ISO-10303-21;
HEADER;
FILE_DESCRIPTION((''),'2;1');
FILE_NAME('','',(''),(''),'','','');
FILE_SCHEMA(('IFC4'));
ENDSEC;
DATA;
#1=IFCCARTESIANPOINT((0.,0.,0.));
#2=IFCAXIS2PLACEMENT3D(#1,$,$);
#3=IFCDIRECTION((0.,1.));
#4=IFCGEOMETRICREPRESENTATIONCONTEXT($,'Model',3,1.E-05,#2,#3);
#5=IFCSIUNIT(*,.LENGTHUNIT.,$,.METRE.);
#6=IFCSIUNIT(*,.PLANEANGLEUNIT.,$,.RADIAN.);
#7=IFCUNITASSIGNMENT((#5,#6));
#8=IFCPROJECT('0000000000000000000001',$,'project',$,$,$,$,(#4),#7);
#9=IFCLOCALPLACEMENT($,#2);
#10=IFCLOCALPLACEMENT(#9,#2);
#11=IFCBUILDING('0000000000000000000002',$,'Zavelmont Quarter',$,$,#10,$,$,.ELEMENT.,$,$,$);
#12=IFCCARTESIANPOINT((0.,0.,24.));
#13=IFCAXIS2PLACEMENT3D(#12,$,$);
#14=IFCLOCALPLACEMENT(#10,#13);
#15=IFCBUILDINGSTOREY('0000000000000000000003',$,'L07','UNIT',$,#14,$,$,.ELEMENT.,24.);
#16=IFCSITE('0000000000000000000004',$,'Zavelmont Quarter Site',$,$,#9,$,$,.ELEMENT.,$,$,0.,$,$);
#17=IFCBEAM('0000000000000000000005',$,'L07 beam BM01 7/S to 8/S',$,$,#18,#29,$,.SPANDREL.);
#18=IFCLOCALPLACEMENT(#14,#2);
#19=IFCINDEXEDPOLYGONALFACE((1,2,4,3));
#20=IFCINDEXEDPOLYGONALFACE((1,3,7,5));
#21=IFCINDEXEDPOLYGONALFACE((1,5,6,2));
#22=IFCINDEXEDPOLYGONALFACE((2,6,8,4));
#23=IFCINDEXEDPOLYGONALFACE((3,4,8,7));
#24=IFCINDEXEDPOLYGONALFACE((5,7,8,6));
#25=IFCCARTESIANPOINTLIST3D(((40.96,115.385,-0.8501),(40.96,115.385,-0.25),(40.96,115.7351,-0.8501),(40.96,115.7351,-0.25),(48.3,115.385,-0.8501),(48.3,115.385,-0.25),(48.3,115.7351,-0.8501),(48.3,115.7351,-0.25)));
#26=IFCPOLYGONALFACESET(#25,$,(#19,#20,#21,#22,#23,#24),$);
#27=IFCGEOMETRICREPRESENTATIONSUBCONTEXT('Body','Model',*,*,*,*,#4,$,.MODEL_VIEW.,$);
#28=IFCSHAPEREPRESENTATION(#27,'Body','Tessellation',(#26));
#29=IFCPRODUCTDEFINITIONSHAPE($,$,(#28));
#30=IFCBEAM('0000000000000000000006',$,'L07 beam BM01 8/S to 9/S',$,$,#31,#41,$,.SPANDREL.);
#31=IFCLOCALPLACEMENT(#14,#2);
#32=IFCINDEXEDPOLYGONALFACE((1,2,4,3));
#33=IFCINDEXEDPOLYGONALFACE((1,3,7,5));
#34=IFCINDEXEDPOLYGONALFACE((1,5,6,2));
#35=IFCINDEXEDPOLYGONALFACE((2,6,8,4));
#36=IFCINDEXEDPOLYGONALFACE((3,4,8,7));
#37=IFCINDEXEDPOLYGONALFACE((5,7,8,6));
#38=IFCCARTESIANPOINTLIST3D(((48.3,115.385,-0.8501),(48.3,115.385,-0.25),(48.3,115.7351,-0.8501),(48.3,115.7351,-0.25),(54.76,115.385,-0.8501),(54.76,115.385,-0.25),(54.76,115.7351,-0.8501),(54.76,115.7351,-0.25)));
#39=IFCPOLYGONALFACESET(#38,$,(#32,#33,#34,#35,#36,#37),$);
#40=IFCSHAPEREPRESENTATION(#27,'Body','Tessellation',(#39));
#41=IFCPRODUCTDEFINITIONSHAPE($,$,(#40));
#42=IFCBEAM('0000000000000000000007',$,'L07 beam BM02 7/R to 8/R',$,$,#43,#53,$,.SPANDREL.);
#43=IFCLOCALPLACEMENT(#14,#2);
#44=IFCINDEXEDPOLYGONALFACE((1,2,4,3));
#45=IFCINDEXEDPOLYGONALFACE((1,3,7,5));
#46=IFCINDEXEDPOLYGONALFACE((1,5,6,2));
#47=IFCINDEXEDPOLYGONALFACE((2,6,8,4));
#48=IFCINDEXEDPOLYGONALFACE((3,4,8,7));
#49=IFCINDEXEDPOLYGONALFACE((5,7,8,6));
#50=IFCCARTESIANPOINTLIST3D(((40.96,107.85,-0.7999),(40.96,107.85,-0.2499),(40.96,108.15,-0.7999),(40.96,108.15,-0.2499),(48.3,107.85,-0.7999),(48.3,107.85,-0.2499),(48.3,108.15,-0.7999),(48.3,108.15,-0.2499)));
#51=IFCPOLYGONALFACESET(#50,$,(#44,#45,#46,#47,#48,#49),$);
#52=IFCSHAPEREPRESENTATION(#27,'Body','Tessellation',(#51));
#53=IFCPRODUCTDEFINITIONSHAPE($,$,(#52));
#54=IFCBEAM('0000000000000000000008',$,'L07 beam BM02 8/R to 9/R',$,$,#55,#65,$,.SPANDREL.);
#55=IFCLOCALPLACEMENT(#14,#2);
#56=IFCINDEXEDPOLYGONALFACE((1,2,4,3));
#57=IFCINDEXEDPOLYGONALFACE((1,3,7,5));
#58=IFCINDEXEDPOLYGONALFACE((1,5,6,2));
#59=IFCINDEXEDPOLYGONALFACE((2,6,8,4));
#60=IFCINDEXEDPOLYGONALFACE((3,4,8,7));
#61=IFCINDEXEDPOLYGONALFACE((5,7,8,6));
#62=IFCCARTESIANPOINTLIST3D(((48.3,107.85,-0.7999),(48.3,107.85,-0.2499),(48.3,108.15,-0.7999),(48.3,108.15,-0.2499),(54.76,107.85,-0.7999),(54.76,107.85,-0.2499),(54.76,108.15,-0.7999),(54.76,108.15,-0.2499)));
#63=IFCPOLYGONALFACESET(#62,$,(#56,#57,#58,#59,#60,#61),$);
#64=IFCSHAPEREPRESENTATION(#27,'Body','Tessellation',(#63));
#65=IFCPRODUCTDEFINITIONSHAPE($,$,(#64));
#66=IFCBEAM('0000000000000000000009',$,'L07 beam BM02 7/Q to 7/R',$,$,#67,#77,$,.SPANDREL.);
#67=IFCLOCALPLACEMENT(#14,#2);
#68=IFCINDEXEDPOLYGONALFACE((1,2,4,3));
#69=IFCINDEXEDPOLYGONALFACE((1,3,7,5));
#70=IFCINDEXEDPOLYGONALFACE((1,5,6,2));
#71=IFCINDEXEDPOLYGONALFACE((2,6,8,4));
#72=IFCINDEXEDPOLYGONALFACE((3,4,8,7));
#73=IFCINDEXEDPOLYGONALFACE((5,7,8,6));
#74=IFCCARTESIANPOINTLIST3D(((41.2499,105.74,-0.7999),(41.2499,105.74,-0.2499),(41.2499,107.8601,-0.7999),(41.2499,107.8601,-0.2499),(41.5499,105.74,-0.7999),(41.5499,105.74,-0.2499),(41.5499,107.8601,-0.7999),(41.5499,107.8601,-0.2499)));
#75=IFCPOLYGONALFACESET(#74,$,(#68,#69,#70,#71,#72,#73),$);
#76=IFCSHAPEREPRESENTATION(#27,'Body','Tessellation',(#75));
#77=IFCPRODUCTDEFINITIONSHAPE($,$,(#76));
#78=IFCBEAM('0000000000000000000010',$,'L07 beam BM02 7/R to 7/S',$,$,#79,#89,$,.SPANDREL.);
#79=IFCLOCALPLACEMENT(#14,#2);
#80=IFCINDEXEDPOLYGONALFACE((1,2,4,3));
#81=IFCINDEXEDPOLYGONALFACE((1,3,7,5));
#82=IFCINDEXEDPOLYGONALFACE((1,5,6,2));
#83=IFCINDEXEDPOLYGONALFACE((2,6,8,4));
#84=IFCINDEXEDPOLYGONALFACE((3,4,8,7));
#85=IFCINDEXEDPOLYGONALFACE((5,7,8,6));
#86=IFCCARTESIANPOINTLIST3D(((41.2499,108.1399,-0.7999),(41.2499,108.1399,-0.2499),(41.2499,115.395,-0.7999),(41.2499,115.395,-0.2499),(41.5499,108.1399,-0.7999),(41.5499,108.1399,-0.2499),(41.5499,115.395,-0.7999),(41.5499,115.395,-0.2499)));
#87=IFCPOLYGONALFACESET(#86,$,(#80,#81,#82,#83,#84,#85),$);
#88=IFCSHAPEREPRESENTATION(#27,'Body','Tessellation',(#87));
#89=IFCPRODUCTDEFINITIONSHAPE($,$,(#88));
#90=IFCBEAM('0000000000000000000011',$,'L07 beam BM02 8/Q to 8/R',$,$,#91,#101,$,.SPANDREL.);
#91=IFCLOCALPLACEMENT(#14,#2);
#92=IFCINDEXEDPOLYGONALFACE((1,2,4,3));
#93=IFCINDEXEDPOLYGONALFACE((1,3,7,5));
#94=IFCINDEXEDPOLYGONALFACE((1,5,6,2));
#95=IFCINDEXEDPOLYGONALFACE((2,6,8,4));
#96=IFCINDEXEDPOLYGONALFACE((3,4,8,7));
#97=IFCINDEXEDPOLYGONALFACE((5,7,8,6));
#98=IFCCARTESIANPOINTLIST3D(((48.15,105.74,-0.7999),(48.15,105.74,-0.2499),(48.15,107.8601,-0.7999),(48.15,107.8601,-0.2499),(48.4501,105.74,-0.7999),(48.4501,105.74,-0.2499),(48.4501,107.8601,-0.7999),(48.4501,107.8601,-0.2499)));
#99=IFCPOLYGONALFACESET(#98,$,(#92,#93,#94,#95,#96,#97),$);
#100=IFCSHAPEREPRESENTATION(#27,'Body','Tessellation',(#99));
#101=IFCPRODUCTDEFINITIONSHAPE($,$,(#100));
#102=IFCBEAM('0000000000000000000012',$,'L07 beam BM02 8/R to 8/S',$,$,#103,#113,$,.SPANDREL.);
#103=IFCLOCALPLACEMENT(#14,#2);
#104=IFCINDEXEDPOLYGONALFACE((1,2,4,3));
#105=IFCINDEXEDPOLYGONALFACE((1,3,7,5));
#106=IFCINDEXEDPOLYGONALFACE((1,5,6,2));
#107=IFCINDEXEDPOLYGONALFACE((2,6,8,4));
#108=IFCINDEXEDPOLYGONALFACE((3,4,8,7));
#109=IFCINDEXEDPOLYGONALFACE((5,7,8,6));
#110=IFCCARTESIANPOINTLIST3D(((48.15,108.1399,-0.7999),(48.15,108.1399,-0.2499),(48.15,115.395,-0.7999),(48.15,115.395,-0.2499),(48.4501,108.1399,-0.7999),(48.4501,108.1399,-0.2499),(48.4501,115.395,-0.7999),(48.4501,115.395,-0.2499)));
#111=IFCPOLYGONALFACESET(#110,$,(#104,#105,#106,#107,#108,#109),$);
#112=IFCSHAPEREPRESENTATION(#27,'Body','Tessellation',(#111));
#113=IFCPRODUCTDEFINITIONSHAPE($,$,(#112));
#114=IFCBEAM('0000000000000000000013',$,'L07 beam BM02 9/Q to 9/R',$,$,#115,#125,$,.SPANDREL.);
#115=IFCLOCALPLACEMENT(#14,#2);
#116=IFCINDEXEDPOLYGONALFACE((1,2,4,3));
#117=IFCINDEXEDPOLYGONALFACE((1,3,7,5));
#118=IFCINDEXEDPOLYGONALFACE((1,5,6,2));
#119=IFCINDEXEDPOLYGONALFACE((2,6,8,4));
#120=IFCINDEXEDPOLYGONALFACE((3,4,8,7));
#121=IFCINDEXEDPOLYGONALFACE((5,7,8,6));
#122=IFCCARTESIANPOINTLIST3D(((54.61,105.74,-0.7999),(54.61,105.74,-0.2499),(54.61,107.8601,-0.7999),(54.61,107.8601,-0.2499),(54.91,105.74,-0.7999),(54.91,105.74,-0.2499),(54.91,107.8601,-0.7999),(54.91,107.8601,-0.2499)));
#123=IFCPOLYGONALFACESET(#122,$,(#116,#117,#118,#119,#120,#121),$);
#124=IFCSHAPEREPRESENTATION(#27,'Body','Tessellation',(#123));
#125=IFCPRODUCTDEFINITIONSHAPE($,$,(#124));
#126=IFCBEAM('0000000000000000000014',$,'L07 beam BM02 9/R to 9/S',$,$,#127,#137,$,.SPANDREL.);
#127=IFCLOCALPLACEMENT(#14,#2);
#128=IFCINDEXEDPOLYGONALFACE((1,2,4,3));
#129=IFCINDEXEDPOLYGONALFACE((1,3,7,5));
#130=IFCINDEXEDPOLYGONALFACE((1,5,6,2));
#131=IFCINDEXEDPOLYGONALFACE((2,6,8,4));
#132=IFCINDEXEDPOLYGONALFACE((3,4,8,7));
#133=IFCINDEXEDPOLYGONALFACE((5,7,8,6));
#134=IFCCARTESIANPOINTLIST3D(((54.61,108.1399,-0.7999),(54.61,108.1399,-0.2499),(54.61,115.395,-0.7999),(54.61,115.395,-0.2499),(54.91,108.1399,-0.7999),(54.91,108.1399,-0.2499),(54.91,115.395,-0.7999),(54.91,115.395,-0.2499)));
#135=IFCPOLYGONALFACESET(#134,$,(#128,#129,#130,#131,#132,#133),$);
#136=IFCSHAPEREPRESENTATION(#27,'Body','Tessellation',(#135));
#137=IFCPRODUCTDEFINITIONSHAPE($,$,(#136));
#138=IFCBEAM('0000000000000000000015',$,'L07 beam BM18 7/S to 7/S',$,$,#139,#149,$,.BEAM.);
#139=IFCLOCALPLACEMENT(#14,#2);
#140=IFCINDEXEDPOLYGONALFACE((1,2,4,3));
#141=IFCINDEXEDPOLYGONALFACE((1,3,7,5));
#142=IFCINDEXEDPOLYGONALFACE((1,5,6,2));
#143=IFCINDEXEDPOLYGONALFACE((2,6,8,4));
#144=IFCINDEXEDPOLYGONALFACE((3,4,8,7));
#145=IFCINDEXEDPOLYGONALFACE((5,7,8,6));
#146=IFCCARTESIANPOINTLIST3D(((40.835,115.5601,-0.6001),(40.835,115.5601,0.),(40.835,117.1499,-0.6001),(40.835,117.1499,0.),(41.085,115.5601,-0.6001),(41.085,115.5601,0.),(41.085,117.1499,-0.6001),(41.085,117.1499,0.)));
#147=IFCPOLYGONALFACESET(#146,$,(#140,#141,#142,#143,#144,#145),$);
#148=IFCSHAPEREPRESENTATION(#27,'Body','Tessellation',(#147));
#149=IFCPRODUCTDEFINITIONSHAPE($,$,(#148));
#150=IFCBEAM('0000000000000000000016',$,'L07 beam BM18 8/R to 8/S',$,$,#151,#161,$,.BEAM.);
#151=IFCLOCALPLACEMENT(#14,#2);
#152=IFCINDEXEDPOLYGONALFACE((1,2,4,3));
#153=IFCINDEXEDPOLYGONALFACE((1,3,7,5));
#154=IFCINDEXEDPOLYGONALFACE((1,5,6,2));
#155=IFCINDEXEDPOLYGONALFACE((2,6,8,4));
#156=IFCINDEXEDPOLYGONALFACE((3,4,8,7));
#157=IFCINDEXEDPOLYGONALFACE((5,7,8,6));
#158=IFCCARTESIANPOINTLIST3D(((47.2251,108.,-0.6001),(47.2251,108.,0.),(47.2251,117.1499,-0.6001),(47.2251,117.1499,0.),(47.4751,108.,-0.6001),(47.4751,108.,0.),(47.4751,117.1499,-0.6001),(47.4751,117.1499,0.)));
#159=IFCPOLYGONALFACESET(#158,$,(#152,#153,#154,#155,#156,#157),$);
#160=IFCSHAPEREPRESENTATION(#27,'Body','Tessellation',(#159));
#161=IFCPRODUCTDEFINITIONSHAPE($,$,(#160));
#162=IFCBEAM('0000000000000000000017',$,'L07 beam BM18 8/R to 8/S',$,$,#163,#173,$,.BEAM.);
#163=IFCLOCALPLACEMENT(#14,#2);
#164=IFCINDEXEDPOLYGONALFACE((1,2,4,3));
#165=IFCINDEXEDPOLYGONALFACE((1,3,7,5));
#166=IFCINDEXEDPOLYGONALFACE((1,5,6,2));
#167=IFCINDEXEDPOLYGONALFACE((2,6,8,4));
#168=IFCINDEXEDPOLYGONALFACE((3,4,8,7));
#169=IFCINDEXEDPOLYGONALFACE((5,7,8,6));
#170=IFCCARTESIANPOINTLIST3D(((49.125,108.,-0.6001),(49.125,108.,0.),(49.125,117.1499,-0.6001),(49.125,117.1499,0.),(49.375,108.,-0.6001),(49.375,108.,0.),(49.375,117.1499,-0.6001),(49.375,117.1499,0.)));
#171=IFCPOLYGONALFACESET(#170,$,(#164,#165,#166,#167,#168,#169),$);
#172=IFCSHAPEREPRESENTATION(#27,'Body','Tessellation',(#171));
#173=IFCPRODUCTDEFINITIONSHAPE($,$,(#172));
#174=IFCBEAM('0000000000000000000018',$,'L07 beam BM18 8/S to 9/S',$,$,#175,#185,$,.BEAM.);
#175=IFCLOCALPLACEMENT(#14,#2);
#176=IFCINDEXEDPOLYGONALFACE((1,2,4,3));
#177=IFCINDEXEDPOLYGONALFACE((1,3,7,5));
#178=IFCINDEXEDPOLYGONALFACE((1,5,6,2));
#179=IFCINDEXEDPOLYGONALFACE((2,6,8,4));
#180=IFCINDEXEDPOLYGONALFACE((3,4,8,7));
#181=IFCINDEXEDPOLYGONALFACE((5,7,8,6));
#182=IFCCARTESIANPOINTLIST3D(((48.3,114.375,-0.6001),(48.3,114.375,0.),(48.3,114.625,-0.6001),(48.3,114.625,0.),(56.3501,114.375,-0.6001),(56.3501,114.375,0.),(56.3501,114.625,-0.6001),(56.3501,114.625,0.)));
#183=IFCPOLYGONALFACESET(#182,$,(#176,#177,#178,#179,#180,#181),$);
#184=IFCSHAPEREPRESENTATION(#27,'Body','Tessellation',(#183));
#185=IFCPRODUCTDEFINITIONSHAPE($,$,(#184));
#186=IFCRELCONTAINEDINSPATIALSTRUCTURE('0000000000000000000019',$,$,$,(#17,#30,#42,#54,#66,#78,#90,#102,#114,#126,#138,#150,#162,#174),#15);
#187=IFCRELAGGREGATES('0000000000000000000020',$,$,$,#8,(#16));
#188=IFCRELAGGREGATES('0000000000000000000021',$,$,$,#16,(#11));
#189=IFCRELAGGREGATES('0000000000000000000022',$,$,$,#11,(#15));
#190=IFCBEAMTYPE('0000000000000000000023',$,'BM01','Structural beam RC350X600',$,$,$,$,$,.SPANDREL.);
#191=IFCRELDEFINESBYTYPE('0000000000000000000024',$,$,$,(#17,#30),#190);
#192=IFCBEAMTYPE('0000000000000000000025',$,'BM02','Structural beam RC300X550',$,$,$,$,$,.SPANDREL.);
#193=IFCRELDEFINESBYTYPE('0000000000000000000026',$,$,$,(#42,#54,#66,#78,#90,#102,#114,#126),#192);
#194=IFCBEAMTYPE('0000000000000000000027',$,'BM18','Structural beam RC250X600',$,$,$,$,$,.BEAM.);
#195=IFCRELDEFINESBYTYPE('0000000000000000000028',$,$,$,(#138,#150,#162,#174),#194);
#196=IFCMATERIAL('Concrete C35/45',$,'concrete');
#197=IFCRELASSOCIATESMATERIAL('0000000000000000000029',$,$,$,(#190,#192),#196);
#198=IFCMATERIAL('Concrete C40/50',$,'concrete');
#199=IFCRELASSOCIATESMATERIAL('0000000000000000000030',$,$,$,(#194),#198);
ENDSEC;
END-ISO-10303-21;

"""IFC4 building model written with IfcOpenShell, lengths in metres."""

from ifc_helpers import new_model, si_unit, direction, frame, origin, origin_2d, place, context, subcontext, project, spatial, rectangle, extrude, material, material_profile, profile_set, type_object, element, save


model = new_model("IFC4")

# Units and contexts
model_context = context("Model", 3, precision=1e-05, world=origin(), true_north=direction((0.0, 1.0)))
body_context = subcontext(model_context, "Body", "Model", "MODEL_VIEW")
ifc_project = project(units=[si_unit("LENGTHUNIT", "METRE"), si_unit("PLANEANGLEUNIT", "RADIAN")], contexts=[model_context])

# Site, building, storey
site_placement = place(None, origin())
site = spatial("IfcSite", under=ifc_project, at=site_placement, Name="Zavelmont Quarter Site", CompositionType="ELEMENT", RefElevation=0.0)
building_placement = place(site_placement, origin())
building = spatial("IfcBuilding", under=site, at=building_placement, Name="Zavelmont Quarter", CompositionType="ELEMENT")
storey_placement = place(building_placement, frame((0.0, 0.0, 24.0)))
storey = spatial("IfcBuildingStorey", under=building, at=storey_placement, Name="L07", Description="UNIT", CompositionType="ELEMENT", Elevation=24.0)

# Beams
ifc_material_1 = material(Name="Concrete C35/45", Category="concrete")
ifc_material_profile_1 = material_profile(ifc_material_1, rectangle(XDim=0.3501, YDim=0.6001, at=origin_2d()), Name="RC350X600")
ifc_profile_set_1 = profile_set([ifc_material_profile_1], Name="Concrete C35/45")
beam_type_1 = type_object("IfcBeamType", Name="BM01", Description="Structural beam RC350X600", PredefinedType="SPANDREL", material=ifc_profile_set_1)
beam_1_placement = place(storey_placement, frame((40.96, 115.5601, -0.55), z_axis=(1.0, 0.0, 0.0), x_axis=(0.0, 1.0, 0.0)))
element("IfcBeam", 1, at=beam_1_placement, inside=storey, type_object=beam_type_1, Name="L07 beam BM01 7/S to 8/S", PredefinedType="SPANDREL", context=body_context, shape_type="SweptSolid", body=[
    extrude(rectangle(XDim=0.3501, YDim=0.6001, at=origin_2d()), origin(), (0.0, 0.0, 1.0), 7.3401),
])
beam_2_placement = place(storey_placement, frame((48.3, 115.5601, -0.55), z_axis=(1.0, 0.0, 0.0), x_axis=(0.0, 1.0, 0.0)))
element("IfcBeam", 2, at=beam_2_placement, inside=storey, type_object=beam_type_1, Name="L07 beam BM01 8/S to 9/S", PredefinedType="SPANDREL", context=body_context, shape_type="SweptSolid", body=[
    extrude(rectangle(XDim=0.3501, YDim=0.6001, at=origin_2d()), origin(), (0.0, 0.0, 1.0), 6.46),
])
ifc_material_profile_2 = material_profile(ifc_material_1, rectangle(XDim=0.3, YDim=0.55, at=origin_2d()), Name="RC300X550")
ifc_profile_set_2 = profile_set([ifc_material_profile_2], Name="Concrete C35/45")
beam_type_2 = type_object("IfcBeamType", Name="BM02", Description="Structural beam RC300X550", PredefinedType="SPANDREL", material=ifc_profile_set_2)
beam_3_placement = place(storey_placement, frame((40.96, 108.0, -0.5249), z_axis=(1.0, 0.0, 0.0), x_axis=(0.0, 1.0, 0.0)))
element("IfcBeam", 3, at=beam_3_placement, inside=storey, type_object=beam_type_2, Name="L07 beam BM02 7/R to 8/R", PredefinedType="SPANDREL", context=body_context, shape_type="SweptSolid", body=[
    extrude(rectangle(XDim=0.3, YDim=0.55, at=origin_2d()), origin(), (0.0, 0.0, 1.0), 7.3401),
])
beam_4_placement = place(storey_placement, frame((48.3, 108.0, -0.5249), z_axis=(1.0, 0.0, 0.0), x_axis=(0.0, 1.0, 0.0)))
element("IfcBeam", 4, at=beam_4_placement, inside=storey, type_object=beam_type_2, Name="L07 beam BM02 8/R to 9/R", PredefinedType="SPANDREL", context=body_context, shape_type="SweptSolid", body=[
    extrude(rectangle(XDim=0.3, YDim=0.55, at=origin_2d()), origin(), (0.0, 0.0, 1.0), 6.46),
])
beam_5_placement = place(storey_placement, frame((41.3999, 105.74, -0.5249), z_axis=(0.0, 1.0, 0.0), x_axis=(-1.0, 0.0, 0.0)))
element("IfcBeam", 5, at=beam_5_placement, inside=storey, type_object=beam_type_2, Name="L07 beam BM02 7/Q to 7/R", PredefinedType="SPANDREL", context=body_context, shape_type="SweptSolid", body=[
    extrude(rectangle(XDim=0.3, YDim=0.55, at=origin_2d()), origin(), (0.0, 0.0, 1.0), 2.1201),
])
beam_6_placement = place(storey_placement, frame((41.3999, 108.1399, -0.5249), z_axis=(0.0, 1.0, 0.0), x_axis=(-1.0, 0.0, 0.0)))
element("IfcBeam", 6, at=beam_6_placement, inside=storey, type_object=beam_type_2, Name="L07 beam BM02 7/R to 7/S", PredefinedType="SPANDREL", context=body_context, shape_type="SweptSolid", body=[
    extrude(rectangle(XDim=0.3, YDim=0.55, at=origin_2d()), origin(), (0.0, 0.0, 1.0), 7.2551),
])
beam_7_placement = place(storey_placement, frame((48.3, 105.74, -0.5249), z_axis=(0.0, 1.0, 0.0), x_axis=(-1.0, 0.0, 0.0)))
element("IfcBeam", 7, at=beam_7_placement, inside=storey, type_object=beam_type_2, Name="L07 beam BM02 8/Q to 8/R", PredefinedType="SPANDREL", context=body_context, shape_type="SweptSolid", body=[
    extrude(rectangle(XDim=0.3, YDim=0.55, at=origin_2d()), origin(), (0.0, 0.0, 1.0), 2.1201),
])
beam_8_placement = place(storey_placement, frame((48.3, 108.1399, -0.5249), z_axis=(0.0, 1.0, 0.0), x_axis=(-1.0, 0.0, 0.0)))
element("IfcBeam", 8, at=beam_8_placement, inside=storey, type_object=beam_type_2, Name="L07 beam BM02 8/R to 8/S", PredefinedType="SPANDREL", context=body_context, shape_type="SweptSolid", body=[
    extrude(rectangle(XDim=0.3, YDim=0.55, at=origin_2d()), origin(), (0.0, 0.0, 1.0), 7.2551),
])
beam_9_placement = place(storey_placement, frame((54.76, 105.74, -0.5249), z_axis=(0.0, 1.0, 0.0), x_axis=(-1.0, 0.0, 0.0)))
element("IfcBeam", 9, at=beam_9_placement, inside=storey, type_object=beam_type_2, Name="L07 beam BM02 9/Q to 9/R", PredefinedType="SPANDREL", context=body_context, shape_type="SweptSolid", body=[
    extrude(rectangle(XDim=0.3, YDim=0.55, at=origin_2d()), origin(), (0.0, 0.0, 1.0), 2.1201),
])
beam_10_placement = place(storey_placement, frame((54.76, 108.1399, -0.5249), z_axis=(0.0, 1.0, 0.0), x_axis=(-1.0, 0.0, 0.0)))
element("IfcBeam", 10, at=beam_10_placement, inside=storey, type_object=beam_type_2, Name="L07 beam BM02 9/R to 9/S", PredefinedType="SPANDREL", context=body_context, shape_type="SweptSolid", body=[
    extrude(rectangle(XDim=0.3, YDim=0.55, at=origin_2d()), origin(), (0.0, 0.0, 1.0), 7.2551),
])
ifc_material_2 = material(Name="Concrete C40/50", Category="concrete")
ifc_material_profile_3 = material_profile(ifc_material_2, rectangle(XDim=0.25, YDim=0.6001, at=origin_2d()), Name="RC250X600")
ifc_profile_set_3 = profile_set([ifc_material_profile_3], Name="Concrete C40/50")
beam_type_3 = type_object("IfcBeamType", Name="BM18", Description="Structural beam RC250X600", PredefinedType="BEAM", material=ifc_profile_set_3)
beam_11_placement = place(storey_placement, frame((40.96, 115.5601, -0.3), z_axis=(0.0, 1.0, 0.0), x_axis=(-1.0, 0.0, 0.0)))
element("IfcBeam", 11, at=beam_11_placement, inside=storey, type_object=beam_type_3, Name="L07 beam BM18 7/S to 7/S", PredefinedType="BEAM", context=body_context, shape_type="SweptSolid", body=[
    extrude(rectangle(XDim=0.25, YDim=0.6001, at=origin_2d()), origin(), (0.0, 0.0, 1.0), 1.5898),
])
for number, where, z_axis, x_axis, name in (
    (12, (47.3501, 108.0, -0.3), (0.0, 1.0, 0.0), (-1.0, 0.0, 0.0), "L07 beam BM18 8/R to 8/S"),
    (13, (49.25, 108.0, -0.3), (0.0, 1.0, 0.0), (-1.0, 0.0, 0.0), "L07 beam BM18 8/R to 8/S"),
):
    element("IfcBeam", number, at=place(storey_placement, frame(where, z_axis=z_axis, x_axis=x_axis)), inside=storey, type_object=beam_type_3, Name=name, PredefinedType="BEAM", context=body_context, shape_type="SweptSolid", body=[
        extrude(rectangle(XDim=0.25, YDim=0.6001, at=origin_2d()), origin(), (0.0, 0.0, 1.0), 9.1499),
    ])
beam_12_placement = place(storey_placement, frame((48.3, 114.5, -0.3), z_axis=(1.0, 0.0, 0.0), x_axis=(0.0, 1.0, 0.0)))
element("IfcBeam", 14, at=beam_12_placement, inside=storey, type_object=beam_type_3, Name="L07 beam BM18 8/S to 9/S", PredefinedType="BEAM", context=body_context, shape_type="SweptSolid", body=[
    extrude(rectangle(XDim=0.25, YDim=0.6001, at=origin_2d()), origin(), (0.0, 0.0, 1.0), 8.05),
])

save(model, "model.ifc")
